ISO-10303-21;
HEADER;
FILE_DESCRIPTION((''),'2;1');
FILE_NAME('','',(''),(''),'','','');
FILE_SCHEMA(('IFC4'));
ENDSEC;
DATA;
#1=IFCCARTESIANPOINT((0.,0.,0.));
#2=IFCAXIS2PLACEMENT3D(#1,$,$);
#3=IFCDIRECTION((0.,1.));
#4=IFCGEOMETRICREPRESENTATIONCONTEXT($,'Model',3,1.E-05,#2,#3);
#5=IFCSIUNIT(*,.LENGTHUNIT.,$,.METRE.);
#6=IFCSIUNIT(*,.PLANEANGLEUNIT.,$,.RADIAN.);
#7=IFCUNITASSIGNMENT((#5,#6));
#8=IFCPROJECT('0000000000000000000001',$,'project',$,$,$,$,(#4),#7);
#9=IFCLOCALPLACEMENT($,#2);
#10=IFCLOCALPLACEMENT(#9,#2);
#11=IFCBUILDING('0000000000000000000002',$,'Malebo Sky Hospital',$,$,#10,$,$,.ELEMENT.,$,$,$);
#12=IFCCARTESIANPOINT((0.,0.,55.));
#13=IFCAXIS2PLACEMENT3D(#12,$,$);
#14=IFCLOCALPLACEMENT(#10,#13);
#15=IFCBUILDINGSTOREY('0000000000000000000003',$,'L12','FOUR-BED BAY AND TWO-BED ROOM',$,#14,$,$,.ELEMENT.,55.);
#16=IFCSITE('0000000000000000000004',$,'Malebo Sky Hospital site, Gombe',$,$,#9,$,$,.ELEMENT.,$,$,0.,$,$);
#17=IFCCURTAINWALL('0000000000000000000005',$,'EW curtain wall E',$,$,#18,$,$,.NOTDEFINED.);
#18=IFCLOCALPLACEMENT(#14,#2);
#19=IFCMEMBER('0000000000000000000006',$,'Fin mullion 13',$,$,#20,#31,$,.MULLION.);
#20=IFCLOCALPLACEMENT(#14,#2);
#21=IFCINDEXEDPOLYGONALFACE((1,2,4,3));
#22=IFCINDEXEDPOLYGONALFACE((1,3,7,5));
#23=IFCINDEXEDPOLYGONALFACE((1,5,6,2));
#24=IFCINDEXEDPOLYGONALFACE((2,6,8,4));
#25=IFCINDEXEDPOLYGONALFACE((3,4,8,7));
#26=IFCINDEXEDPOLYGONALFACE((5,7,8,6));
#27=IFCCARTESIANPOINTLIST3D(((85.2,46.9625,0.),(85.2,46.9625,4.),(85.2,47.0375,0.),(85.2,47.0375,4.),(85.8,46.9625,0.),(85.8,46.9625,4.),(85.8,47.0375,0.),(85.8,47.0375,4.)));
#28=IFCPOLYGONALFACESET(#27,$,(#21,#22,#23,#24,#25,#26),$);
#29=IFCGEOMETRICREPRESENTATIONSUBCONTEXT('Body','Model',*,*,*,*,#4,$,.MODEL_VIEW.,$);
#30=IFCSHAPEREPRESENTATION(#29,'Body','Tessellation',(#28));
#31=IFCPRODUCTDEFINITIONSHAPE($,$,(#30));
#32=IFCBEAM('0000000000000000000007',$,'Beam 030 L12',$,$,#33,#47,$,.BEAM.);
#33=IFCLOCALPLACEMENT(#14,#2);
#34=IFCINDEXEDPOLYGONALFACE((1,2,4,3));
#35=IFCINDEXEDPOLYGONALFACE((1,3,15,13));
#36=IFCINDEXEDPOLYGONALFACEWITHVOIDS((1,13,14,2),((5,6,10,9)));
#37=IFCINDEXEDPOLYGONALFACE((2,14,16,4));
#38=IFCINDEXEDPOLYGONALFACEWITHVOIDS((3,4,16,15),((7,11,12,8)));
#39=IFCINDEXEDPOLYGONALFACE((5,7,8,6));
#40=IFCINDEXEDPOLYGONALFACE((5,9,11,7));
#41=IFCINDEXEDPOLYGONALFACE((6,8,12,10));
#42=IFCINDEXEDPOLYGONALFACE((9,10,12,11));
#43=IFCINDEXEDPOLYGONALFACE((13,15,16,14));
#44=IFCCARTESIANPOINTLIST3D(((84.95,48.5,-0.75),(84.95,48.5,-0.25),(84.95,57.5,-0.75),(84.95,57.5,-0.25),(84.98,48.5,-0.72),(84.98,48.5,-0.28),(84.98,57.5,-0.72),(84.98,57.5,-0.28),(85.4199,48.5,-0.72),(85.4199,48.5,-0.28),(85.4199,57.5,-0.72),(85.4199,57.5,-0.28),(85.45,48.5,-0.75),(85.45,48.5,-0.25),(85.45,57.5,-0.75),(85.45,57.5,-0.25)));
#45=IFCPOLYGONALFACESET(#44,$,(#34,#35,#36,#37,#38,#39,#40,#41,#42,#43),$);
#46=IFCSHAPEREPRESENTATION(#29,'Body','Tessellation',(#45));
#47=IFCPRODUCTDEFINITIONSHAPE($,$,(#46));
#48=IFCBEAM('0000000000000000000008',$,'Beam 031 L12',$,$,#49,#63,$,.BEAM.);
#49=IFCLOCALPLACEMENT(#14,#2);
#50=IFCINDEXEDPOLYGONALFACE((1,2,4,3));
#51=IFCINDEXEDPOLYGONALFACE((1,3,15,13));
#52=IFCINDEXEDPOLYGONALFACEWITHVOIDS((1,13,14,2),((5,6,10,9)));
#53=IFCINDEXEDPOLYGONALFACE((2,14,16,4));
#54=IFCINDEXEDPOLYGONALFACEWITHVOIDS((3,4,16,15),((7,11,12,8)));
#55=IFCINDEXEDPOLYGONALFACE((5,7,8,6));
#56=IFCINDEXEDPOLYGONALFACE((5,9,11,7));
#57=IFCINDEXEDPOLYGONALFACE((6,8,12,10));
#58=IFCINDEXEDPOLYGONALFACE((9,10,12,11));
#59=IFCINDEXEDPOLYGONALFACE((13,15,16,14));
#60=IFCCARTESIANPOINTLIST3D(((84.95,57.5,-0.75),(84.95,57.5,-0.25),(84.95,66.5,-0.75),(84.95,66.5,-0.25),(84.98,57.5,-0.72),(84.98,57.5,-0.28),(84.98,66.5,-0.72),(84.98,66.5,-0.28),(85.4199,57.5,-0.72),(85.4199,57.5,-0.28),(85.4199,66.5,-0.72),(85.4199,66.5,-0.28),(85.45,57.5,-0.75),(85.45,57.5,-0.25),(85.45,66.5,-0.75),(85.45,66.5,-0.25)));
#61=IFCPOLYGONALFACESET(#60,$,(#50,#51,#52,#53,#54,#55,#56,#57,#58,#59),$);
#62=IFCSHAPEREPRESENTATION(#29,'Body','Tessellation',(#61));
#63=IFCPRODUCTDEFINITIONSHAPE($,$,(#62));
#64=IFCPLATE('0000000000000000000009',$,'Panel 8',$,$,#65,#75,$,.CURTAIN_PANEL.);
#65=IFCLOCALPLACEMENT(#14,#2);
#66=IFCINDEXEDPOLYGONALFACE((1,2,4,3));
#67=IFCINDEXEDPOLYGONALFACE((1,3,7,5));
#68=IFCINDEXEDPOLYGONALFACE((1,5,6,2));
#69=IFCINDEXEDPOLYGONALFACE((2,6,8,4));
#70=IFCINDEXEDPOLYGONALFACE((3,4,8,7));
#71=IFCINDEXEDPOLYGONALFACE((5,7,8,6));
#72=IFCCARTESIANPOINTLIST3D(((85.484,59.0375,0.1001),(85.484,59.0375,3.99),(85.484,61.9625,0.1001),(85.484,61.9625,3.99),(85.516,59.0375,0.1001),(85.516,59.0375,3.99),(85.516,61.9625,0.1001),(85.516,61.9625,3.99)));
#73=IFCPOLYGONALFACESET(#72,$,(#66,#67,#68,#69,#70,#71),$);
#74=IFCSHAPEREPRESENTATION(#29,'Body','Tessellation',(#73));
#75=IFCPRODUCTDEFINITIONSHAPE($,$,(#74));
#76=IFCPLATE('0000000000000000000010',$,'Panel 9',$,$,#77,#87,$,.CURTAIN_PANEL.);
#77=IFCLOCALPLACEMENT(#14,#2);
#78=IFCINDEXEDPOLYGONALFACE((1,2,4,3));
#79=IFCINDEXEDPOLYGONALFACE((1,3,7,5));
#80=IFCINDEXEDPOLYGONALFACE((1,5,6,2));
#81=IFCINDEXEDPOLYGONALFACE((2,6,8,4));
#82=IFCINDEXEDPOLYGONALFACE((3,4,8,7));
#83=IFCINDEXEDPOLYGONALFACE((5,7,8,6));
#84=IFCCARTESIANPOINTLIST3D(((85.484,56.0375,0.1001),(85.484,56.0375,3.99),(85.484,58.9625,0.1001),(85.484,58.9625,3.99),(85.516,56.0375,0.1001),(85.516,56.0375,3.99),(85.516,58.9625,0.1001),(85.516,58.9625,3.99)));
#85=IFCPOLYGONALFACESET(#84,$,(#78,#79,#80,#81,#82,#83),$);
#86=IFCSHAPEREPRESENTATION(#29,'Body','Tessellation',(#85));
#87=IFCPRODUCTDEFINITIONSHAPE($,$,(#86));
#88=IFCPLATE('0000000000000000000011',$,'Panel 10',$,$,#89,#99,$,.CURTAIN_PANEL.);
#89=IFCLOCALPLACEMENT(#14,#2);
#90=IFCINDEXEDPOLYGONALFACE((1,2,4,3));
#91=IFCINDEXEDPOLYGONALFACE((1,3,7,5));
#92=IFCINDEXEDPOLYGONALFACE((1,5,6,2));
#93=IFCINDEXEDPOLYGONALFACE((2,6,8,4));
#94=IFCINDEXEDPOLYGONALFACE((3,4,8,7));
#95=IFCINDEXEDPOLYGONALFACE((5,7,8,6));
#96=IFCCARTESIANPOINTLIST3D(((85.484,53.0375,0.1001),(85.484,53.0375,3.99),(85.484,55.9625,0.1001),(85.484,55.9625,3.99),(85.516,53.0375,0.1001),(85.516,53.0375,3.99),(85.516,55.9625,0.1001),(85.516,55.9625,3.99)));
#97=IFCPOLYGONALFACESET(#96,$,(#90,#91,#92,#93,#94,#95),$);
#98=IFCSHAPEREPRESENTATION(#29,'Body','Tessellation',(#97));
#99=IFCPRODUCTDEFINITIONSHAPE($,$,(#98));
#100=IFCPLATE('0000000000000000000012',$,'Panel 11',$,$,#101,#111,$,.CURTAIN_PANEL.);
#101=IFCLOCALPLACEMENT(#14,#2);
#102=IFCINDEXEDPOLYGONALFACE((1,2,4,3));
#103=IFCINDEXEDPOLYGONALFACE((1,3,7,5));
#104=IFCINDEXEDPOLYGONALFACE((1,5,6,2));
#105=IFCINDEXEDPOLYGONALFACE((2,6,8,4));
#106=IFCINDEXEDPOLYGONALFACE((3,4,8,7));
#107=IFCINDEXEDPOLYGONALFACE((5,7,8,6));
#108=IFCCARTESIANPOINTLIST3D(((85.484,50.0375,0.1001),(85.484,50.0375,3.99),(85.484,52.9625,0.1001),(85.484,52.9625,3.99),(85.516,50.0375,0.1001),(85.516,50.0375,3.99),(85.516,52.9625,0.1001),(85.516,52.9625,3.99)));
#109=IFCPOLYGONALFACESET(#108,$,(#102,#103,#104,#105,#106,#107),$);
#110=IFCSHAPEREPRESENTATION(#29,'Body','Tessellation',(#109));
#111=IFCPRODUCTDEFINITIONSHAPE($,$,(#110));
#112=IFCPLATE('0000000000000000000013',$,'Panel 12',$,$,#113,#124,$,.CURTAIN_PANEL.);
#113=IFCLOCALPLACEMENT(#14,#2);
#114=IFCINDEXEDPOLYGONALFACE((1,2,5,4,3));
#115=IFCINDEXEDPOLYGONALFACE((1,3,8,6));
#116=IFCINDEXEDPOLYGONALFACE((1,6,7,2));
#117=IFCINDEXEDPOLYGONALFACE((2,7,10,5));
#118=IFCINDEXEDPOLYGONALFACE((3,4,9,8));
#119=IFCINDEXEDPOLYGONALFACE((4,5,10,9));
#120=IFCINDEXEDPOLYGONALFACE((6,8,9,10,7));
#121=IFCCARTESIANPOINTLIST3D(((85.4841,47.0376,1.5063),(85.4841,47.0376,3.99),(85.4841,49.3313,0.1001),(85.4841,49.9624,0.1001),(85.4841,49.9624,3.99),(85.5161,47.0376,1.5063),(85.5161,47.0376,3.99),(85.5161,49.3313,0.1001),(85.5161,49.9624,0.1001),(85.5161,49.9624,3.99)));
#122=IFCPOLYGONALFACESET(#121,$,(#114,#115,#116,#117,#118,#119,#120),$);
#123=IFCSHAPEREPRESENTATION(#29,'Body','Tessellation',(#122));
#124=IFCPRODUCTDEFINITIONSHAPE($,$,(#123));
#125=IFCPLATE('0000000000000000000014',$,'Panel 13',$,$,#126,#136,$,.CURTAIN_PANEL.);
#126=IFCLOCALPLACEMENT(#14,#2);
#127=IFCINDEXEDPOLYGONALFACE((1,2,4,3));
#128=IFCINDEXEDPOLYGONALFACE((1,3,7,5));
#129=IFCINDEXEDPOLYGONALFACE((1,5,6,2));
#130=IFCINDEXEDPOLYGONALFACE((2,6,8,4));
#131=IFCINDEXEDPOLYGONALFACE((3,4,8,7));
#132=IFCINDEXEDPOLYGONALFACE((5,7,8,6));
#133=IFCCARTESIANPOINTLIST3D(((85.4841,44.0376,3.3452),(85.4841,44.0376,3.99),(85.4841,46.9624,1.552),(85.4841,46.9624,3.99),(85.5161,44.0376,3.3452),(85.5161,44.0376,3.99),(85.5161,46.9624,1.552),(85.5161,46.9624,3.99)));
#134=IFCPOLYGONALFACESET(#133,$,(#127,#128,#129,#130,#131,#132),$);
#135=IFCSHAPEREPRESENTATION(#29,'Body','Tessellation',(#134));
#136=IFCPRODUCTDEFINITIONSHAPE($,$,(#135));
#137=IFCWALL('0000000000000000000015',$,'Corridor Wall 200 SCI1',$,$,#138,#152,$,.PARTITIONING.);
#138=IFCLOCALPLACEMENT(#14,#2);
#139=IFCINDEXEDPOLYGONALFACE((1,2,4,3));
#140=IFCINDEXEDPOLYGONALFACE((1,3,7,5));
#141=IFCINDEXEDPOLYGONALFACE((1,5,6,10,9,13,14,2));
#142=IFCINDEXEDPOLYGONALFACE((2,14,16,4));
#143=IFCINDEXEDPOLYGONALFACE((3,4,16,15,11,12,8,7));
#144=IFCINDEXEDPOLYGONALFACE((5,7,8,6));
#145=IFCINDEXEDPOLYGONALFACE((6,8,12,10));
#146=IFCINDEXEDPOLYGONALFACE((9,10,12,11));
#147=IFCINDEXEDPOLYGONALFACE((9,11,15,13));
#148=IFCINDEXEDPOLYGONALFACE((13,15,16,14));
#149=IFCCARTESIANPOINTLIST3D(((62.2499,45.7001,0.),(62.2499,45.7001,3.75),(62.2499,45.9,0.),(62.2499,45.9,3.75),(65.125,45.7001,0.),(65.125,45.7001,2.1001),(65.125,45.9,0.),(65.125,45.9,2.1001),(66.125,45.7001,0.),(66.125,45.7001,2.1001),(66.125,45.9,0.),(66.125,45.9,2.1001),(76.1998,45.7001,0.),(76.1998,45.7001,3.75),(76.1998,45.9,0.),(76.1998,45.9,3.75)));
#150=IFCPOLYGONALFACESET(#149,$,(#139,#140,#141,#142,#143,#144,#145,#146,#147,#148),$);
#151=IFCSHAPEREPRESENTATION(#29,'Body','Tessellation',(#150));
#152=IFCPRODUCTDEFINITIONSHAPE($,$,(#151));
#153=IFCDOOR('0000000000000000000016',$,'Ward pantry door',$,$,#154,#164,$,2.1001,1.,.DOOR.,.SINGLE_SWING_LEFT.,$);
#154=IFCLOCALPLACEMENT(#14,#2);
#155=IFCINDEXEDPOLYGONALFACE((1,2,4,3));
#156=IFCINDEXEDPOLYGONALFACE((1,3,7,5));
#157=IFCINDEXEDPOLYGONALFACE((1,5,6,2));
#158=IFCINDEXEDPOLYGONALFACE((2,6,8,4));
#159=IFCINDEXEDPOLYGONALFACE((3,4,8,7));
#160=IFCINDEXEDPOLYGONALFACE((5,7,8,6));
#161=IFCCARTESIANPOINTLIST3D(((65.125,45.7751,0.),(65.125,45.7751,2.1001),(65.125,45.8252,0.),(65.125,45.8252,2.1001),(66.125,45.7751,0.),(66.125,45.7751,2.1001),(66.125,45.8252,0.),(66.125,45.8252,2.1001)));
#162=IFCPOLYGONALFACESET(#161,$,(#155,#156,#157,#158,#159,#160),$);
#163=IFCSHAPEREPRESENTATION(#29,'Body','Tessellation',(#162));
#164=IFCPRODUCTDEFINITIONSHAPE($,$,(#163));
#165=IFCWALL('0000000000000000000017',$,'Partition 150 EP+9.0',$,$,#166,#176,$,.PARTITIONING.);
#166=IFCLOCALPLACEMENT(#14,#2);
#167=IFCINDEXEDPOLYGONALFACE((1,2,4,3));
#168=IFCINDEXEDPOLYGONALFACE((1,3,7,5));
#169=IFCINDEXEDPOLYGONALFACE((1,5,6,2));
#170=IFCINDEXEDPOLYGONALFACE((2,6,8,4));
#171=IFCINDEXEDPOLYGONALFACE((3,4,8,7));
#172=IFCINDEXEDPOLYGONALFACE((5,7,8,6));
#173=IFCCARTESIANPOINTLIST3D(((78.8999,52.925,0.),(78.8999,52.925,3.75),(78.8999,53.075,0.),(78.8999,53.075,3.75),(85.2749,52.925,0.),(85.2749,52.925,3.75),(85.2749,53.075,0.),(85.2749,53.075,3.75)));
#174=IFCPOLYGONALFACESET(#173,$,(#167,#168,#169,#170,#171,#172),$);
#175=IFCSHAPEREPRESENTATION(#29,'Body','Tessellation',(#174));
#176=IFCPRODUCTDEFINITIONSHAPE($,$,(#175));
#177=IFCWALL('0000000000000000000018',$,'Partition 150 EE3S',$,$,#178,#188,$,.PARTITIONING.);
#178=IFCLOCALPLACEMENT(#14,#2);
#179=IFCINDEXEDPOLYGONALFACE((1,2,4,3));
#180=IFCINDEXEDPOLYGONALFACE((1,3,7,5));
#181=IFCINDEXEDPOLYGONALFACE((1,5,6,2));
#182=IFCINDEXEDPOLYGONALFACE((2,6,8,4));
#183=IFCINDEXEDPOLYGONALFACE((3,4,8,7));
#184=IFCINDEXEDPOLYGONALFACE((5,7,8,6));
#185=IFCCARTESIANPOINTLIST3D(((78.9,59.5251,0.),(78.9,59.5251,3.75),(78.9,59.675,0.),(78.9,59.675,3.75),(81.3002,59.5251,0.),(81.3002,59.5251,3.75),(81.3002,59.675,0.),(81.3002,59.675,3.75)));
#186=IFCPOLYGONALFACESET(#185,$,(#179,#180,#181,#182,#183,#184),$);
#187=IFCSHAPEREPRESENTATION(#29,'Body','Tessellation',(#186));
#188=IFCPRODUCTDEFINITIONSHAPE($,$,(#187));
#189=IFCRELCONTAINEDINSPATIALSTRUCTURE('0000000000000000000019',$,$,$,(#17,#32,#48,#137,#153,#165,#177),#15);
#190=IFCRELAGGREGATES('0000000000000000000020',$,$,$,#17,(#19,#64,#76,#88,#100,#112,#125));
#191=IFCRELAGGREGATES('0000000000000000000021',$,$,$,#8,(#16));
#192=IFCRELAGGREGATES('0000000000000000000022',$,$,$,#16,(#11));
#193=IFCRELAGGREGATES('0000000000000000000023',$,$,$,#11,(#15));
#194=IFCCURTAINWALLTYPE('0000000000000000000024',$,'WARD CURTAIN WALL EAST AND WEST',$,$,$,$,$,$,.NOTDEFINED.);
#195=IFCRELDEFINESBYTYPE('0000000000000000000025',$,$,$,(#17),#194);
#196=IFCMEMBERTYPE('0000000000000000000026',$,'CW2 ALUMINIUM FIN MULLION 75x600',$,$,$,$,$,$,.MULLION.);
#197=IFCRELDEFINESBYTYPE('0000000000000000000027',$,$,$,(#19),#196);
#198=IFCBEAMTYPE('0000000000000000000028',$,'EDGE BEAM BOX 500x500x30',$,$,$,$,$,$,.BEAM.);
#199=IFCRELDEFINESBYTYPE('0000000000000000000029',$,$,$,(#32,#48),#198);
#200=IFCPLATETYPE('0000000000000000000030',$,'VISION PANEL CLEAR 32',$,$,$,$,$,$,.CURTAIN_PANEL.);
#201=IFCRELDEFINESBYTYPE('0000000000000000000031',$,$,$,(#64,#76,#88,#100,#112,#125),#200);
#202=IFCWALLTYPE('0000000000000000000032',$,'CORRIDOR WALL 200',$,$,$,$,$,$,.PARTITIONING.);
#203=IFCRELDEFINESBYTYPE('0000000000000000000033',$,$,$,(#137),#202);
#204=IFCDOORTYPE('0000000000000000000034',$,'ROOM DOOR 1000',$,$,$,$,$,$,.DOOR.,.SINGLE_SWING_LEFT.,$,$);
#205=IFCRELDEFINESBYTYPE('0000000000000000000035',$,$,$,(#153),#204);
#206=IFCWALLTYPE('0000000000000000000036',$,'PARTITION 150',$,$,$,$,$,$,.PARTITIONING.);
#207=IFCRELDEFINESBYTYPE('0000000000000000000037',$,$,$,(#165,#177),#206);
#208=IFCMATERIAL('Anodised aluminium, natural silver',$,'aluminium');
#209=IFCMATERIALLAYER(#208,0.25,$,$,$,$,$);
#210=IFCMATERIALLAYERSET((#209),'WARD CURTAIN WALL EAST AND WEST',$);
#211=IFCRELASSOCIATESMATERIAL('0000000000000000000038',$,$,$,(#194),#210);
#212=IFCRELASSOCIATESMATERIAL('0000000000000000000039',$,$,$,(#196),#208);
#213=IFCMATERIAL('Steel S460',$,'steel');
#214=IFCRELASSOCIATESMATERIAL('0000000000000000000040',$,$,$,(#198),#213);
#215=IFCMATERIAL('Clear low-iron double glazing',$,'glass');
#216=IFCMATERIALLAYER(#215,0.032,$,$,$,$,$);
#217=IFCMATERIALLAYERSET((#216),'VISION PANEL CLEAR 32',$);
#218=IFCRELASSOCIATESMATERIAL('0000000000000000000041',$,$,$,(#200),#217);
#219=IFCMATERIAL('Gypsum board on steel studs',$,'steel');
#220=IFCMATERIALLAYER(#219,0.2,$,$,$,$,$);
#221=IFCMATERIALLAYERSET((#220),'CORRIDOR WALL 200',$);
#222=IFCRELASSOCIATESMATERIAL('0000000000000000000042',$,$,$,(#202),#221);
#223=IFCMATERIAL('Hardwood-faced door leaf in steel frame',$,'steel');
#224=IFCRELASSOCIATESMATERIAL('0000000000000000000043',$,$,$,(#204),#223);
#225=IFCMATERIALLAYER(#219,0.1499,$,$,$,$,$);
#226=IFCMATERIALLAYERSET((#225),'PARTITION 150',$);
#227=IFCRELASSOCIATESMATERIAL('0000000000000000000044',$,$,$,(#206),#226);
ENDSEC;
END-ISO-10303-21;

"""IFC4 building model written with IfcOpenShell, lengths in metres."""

from ifc_helpers import new_model, si_unit, direction, frame, frame_2d, origin, origin_2d, place, context, subcontext, project, spatial, polyline, rectangle, hollow_rectangle, outline, extrude, material, layer, layer_set, material_profile, profile_set, type_object, element, fill, aggregate, save


model = new_model("IFC4")

# Units and contexts
model_context = context("Model", 3, precision=1e-05, world=origin(), true_north=direction((0.0, 1.0)))
body_context = subcontext(model_context, "Body", "Model", "MODEL_VIEW")
ifc_project = project(units=[si_unit("LENGTHUNIT", "METRE"), si_unit("PLANEANGLEUNIT", "RADIAN")], contexts=[model_context])

# Site, building, storey
site_placement = place(None, origin())
site = spatial("IfcSite", under=ifc_project, at=site_placement, Name="Malebo Sky Hospital site, Gombe", CompositionType="ELEMENT", RefElevation=0.0)
building_placement = place(site_placement, origin())
building = spatial("IfcBuilding", under=site, at=building_placement, Name="Malebo Sky Hospital", CompositionType="ELEMENT")
storey_placement = place(building_placement, frame((0.0, 0.0, 55.0)))
storey = spatial("IfcBuildingStorey", under=building, at=storey_placement, Name="L12", Description="FOUR-BED BAY AND TWO-BED ROOM", CompositionType="ELEMENT", Elevation=55.0)

# Shared definitions
ifc_material_1 = material(Name="Steel S460", Category="steel")

# Curtain wall
ifc_material_2 = material(Name="Anodised aluminium, natural silver", Category="aluminium")
ifc_layer_1 = layer(ifc_material_2, 0.25)
ifc_layer_set_1 = layer_set([ifc_layer_1], Name="WARD CURTAIN WALL EAST AND WEST")
curtain_wall_type = type_object("IfcCurtainWallType", Name="WARD CURTAIN WALL EAST AND WEST", PredefinedType="NOTDEFINED", material=ifc_layer_set_1)
curtain_wall_placement = place(storey_placement, origin())
curtain_wall = element("IfcCurtainWall", 1, at=curtain_wall_placement, inside=storey, type_object=curtain_wall_type, Name="EW curtain wall E", PredefinedType="NOTDEFINED")

# Member
ifc_material_profile_1 = material_profile(ifc_material_2, rectangle(XDim=0.075, YDim=0.6001, at=origin_2d()), Name="CW2 ALUMINIUM FIN MULLION 75x600")
ifc_profile_set_1 = profile_set([ifc_material_profile_1], Name="Anodised aluminium, natural silver")
member_type_1 = type_object("IfcMemberType", Name="CW2 ALUMINIUM FIN MULLION 75x600", PredefinedType="MULLION", material=ifc_profile_set_1)
member_1_placement = place(storey_placement, frame((85.5, 47.0, 0.0), z_axis=(0.0, 0.0, 1.0), x_axis=(0.0, -1.0, 0.0)))
member_1 = element("IfcMember", 2, at=member_1_placement, type_object=member_type_1, Name="Fin mullion 13", PredefinedType="MULLION", context=body_context, shape_type="SweptSolid", body=[
    extrude(rectangle(XDim=0.075, YDim=0.6001, at=origin_2d()), origin(), (0.0, 0.0, 1.0), 4.0),
])

# Beams
ifc_material_profile_2 = material_profile(ifc_material_1, hollow_rectangle(XDim=0.5, YDim=0.5, WallThickness=0.03, at=origin_2d()), Name="BOX 500x500x30")
ifc_profile_set_2 = profile_set([ifc_material_profile_2], Name="Steel S460")
beam_type = type_object("IfcBeamType", Name="EDGE BEAM BOX 500x500x30", PredefinedType="BEAM", material=ifc_profile_set_2)
for number, where, z_axis, x_axis, name in (
    (3, (85.2, 48.5, -0.5), (0.0, 1.0, 0.0), (-1.0, 0.0, 0.0), "Beam 030 L12"),
    (4, (85.2, 57.5, -0.5), (0.0, 1.0, 0.0), (-1.0, 0.0, 0.0), "Beam 031 L12"),
):
    element("IfcBeam", number, at=place(storey_placement, frame(where, z_axis=z_axis, x_axis=x_axis)), inside=storey, type_object=beam_type, Name=name, PredefinedType="BEAM", context=body_context, shape_type="SweptSolid", body=[
        extrude(hollow_rectangle(XDim=0.5, YDim=0.5, WallThickness=0.03, at=origin_2d()), origin(), (0.0, 0.0, 1.0), 9.0),
    ])

# Plates
ifc_material_3 = material(Name="Clear low-iron double glazing", Category="glass")
ifc_layer_2 = layer(ifc_material_3, 0.032)
ifc_layer_set_2 = layer_set([ifc_layer_2], Name="VISION PANEL CLEAR 32")
plate_type = type_object("IfcPlateType", Name="VISION PANEL CLEAR 32", PredefinedType="CURTAIN_PANEL", material=ifc_layer_set_2)
plate_1_placement = place(storey_placement, frame((85.5, 60.5, 0.1001), z_axis=(0.0, 0.0, 1.0), x_axis=(0.0, -1.0, 0.0)))
plate_1 = element("IfcPlate", 5, at=plate_1_placement, type_object=plate_type, Name="Panel 8", PredefinedType="CURTAIN_PANEL", context=body_context, shape_type="SweptSolid", body=[
    extrude(rectangle(XDim=2.925, YDim=0.032, at=origin_2d()), origin(), (0.0, 0.0, 1.0), 3.8899),
])
plate_2_placement = place(storey_placement, frame((85.5, 57.5, 0.1001), z_axis=(0.0, 0.0, 1.0), x_axis=(0.0, -1.0, 0.0)))
plate_2 = element("IfcPlate", 6, at=plate_2_placement, type_object=plate_type, Name="Panel 9", PredefinedType="CURTAIN_PANEL", context=body_context, shape_type="SweptSolid", body=[
    extrude(rectangle(XDim=2.925, YDim=0.032, at=origin_2d()), origin(), (0.0, 0.0, 1.0), 3.8899),
])
plate_3_placement = place(storey_placement, frame((85.5, 54.5, 0.1001), z_axis=(0.0, 0.0, 1.0), x_axis=(0.0, -1.0, 0.0)))
plate_3 = element("IfcPlate", 7, at=plate_3_placement, type_object=plate_type, Name="Panel 10", PredefinedType="CURTAIN_PANEL", context=body_context, shape_type="SweptSolid", body=[
    extrude(rectangle(XDim=2.925, YDim=0.032, at=origin_2d()), origin(), (0.0, 0.0, 1.0), 3.8899),
])
plate_4_placement = place(storey_placement, frame((85.5, 51.5, 0.1001), z_axis=(0.0, 0.0, 1.0), x_axis=(0.0, -1.0, 0.0)))
plate_4 = element("IfcPlate", 8, at=plate_4_placement, type_object=plate_type, Name="Panel 11", PredefinedType="CURTAIN_PANEL", context=body_context, shape_type="SweptSolid", body=[
    extrude(rectangle(XDim=2.925, YDim=0.032, at=origin_2d()), origin(), (0.0, 0.0, 1.0), 3.8899),
])
plate_5_placement = place(storey_placement, frame((85.5, 48.5, 0.1001), z_axis=(0.0, 0.0, 1.0), x_axis=(0.0, -1.0, 0.0)))
plate_5 = element("IfcPlate", 9, at=plate_5_placement, type_object=plate_type, Name="Panel 12", PredefinedType="CURTAIN_PANEL", context=body_context, shape_type="SweptSolid", body=[
    extrude(outline(polyline([(-1.4624, 0.0), (-0.8313, 0.0), (1.4624, 1.4062), (1.4624, 3.8899), (-1.4624, 3.8899), (-1.4624, 0.0)])), frame((0.0, 0.0161, 0.0), z_axis=(0.0, -1.0, 0.0), x_axis=(1.0, 0.0, 0.0)), (0.0, 0.0, 1.0), 0.032),
])
plate_6_placement = place(storey_placement, frame((85.5, 45.5, 1.552), z_axis=(0.0, 0.0, 1.0), x_axis=(0.0, -1.0, 0.0)))
plate_6 = element("IfcPlate", 10, at=plate_6_placement, type_object=plate_type, Name="Panel 13", PredefinedType="CURTAIN_PANEL", context=body_context, shape_type="SweptSolid", body=[
    extrude(outline(polyline([(-1.4624, 0.0), (1.4624, 1.7932), (1.4624, 2.438), (-1.4624, 2.438), (-1.4624, 0.0)])), frame((0.0, 0.0161, 0.0), z_axis=(0.0, -1.0, 0.0), x_axis=(1.0, 0.0, 0.0)), (0.0, 0.0, 1.0), 0.032),
])
aggregate(curtain_wall, [member_1, plate_1, plate_2, plate_3, plate_4, plate_5, plate_6])

# Wall, opening, door
ifc_material_4 = material(Name="Gypsum board on steel studs", Category="steel")
ifc_layer_3 = layer(ifc_material_4, 0.2)
ifc_layer_set_3 = layer_set([ifc_layer_3], Name="CORRIDOR WALL 200")
wall_type_1 = type_object("IfcWallType", Name="CORRIDOR WALL 200", PredefinedType="PARTITIONING", material=ifc_layer_set_3)
wall_1_placement = place(storey_placement, frame((76.2, 45.8, 0.0), z_axis=(0.0, 0.0, 1.0), x_axis=(-1.0, 0.0, 0.0)))
wall_1 = element("IfcWall", 11, at=wall_1_placement, inside=storey, type_object=wall_type_1, Name="Corridor Wall 200 SCI1", PredefinedType="PARTITIONING", context=body_context, shape_type="SweptSolid", body=[
    extrude(rectangle(XDim=13.95, YDim=0.2, at=frame_2d((6.9751, 0.0))), origin(), (0.0, 0.0, 1.0), 3.75),
])
opening_1_placement = place(wall_1_placement, frame((10.075, 0.0, 0.0)))
opening_1 = element("IfcOpeningElement", 12, at=opening_1_placement, cuts=wall_1, PredefinedType="OPENING", context=body_context, shape_type="SweptSolid", body=[
    extrude(rectangle(XDim=1.0, YDim=2.1001, at=frame_2d((0.5, 1.05))), frame((0.0, 0.1099, 0.0), z_axis=(0.0, -1.0, 0.0), x_axis=(1.0, 0.0, 0.0)), (0.0, 0.0, 1.0), 0.22),
])
ifc_material_5 = material(Name="Hardwood-faced door leaf in steel frame", Category="steel")
door_type_1 = type_object("IfcDoorType", Name="ROOM DOOR 1000", OperationType="SINGLE_SWING_LEFT", PredefinedType="DOOR", material=ifc_material_5)
door_1_placement = place(opening_1_placement, origin())
door_1 = element("IfcDoor", 13, at=door_1_placement, inside=storey, type_object=door_type_1, Name="Ward pantry door", OperationType="SINGLE_SWING_LEFT", OverallHeight=2.1001, OverallWidth=1.0, PredefinedType="DOOR", context=body_context, shape_type="SweptSolid", body=[
    extrude(rectangle(XDim=1.0, YDim=2.1001, at=frame_2d((0.5, 1.05))), frame((0.0, 0.0249, 0.0), z_axis=(0.0, -1.0, 0.0), x_axis=(1.0, 0.0, 0.0)), (0.0, 0.0, 1.0), 0.05),
])
fill(opening_1, door_1)

# Walls
ifc_layer_4 = layer(ifc_material_4, 0.1499)
ifc_layer_set_4 = layer_set([ifc_layer_4], Name="PARTITION 150")
wall_type_2 = type_object("IfcWallType", Name="PARTITION 150", PredefinedType="PARTITIONING", material=ifc_layer_set_4)
wall_2_placement = place(storey_placement, frame((78.8999, 53.0, 0.0), z_axis=(0.0, 0.0, 1.0), x_axis=(1.0, 0.0, 0.0)))
element("IfcWall", 14, at=wall_2_placement, inside=storey, type_object=wall_type_2, Name="Partition 150 EP+9.0", PredefinedType="PARTITIONING", context=body_context, shape_type="SweptSolid", body=[
    extrude(rectangle(XDim=6.375, YDim=0.1499, at=frame_2d((3.1875, 0.0))), origin(), (0.0, 0.0, 1.0), 3.75),
])
wall_3_placement = place(storey_placement, frame((78.8999, 59.6001, 0.0), z_axis=(0.0, 0.0, 1.0), x_axis=(1.0, 0.0, 0.0)))
element("IfcWall", 15, at=wall_3_placement, inside=storey, type_object=wall_type_2, Name="Partition 150 EE3S", PredefinedType="PARTITIONING", context=body_context, shape_type="SweptSolid", body=[
    extrude(rectangle(XDim=2.4001, YDim=0.1499, at=frame_2d((1.2002, 0.0))), origin(), (0.0, 0.0, 1.0), 3.75),
])

save(model, "model.ifc")
